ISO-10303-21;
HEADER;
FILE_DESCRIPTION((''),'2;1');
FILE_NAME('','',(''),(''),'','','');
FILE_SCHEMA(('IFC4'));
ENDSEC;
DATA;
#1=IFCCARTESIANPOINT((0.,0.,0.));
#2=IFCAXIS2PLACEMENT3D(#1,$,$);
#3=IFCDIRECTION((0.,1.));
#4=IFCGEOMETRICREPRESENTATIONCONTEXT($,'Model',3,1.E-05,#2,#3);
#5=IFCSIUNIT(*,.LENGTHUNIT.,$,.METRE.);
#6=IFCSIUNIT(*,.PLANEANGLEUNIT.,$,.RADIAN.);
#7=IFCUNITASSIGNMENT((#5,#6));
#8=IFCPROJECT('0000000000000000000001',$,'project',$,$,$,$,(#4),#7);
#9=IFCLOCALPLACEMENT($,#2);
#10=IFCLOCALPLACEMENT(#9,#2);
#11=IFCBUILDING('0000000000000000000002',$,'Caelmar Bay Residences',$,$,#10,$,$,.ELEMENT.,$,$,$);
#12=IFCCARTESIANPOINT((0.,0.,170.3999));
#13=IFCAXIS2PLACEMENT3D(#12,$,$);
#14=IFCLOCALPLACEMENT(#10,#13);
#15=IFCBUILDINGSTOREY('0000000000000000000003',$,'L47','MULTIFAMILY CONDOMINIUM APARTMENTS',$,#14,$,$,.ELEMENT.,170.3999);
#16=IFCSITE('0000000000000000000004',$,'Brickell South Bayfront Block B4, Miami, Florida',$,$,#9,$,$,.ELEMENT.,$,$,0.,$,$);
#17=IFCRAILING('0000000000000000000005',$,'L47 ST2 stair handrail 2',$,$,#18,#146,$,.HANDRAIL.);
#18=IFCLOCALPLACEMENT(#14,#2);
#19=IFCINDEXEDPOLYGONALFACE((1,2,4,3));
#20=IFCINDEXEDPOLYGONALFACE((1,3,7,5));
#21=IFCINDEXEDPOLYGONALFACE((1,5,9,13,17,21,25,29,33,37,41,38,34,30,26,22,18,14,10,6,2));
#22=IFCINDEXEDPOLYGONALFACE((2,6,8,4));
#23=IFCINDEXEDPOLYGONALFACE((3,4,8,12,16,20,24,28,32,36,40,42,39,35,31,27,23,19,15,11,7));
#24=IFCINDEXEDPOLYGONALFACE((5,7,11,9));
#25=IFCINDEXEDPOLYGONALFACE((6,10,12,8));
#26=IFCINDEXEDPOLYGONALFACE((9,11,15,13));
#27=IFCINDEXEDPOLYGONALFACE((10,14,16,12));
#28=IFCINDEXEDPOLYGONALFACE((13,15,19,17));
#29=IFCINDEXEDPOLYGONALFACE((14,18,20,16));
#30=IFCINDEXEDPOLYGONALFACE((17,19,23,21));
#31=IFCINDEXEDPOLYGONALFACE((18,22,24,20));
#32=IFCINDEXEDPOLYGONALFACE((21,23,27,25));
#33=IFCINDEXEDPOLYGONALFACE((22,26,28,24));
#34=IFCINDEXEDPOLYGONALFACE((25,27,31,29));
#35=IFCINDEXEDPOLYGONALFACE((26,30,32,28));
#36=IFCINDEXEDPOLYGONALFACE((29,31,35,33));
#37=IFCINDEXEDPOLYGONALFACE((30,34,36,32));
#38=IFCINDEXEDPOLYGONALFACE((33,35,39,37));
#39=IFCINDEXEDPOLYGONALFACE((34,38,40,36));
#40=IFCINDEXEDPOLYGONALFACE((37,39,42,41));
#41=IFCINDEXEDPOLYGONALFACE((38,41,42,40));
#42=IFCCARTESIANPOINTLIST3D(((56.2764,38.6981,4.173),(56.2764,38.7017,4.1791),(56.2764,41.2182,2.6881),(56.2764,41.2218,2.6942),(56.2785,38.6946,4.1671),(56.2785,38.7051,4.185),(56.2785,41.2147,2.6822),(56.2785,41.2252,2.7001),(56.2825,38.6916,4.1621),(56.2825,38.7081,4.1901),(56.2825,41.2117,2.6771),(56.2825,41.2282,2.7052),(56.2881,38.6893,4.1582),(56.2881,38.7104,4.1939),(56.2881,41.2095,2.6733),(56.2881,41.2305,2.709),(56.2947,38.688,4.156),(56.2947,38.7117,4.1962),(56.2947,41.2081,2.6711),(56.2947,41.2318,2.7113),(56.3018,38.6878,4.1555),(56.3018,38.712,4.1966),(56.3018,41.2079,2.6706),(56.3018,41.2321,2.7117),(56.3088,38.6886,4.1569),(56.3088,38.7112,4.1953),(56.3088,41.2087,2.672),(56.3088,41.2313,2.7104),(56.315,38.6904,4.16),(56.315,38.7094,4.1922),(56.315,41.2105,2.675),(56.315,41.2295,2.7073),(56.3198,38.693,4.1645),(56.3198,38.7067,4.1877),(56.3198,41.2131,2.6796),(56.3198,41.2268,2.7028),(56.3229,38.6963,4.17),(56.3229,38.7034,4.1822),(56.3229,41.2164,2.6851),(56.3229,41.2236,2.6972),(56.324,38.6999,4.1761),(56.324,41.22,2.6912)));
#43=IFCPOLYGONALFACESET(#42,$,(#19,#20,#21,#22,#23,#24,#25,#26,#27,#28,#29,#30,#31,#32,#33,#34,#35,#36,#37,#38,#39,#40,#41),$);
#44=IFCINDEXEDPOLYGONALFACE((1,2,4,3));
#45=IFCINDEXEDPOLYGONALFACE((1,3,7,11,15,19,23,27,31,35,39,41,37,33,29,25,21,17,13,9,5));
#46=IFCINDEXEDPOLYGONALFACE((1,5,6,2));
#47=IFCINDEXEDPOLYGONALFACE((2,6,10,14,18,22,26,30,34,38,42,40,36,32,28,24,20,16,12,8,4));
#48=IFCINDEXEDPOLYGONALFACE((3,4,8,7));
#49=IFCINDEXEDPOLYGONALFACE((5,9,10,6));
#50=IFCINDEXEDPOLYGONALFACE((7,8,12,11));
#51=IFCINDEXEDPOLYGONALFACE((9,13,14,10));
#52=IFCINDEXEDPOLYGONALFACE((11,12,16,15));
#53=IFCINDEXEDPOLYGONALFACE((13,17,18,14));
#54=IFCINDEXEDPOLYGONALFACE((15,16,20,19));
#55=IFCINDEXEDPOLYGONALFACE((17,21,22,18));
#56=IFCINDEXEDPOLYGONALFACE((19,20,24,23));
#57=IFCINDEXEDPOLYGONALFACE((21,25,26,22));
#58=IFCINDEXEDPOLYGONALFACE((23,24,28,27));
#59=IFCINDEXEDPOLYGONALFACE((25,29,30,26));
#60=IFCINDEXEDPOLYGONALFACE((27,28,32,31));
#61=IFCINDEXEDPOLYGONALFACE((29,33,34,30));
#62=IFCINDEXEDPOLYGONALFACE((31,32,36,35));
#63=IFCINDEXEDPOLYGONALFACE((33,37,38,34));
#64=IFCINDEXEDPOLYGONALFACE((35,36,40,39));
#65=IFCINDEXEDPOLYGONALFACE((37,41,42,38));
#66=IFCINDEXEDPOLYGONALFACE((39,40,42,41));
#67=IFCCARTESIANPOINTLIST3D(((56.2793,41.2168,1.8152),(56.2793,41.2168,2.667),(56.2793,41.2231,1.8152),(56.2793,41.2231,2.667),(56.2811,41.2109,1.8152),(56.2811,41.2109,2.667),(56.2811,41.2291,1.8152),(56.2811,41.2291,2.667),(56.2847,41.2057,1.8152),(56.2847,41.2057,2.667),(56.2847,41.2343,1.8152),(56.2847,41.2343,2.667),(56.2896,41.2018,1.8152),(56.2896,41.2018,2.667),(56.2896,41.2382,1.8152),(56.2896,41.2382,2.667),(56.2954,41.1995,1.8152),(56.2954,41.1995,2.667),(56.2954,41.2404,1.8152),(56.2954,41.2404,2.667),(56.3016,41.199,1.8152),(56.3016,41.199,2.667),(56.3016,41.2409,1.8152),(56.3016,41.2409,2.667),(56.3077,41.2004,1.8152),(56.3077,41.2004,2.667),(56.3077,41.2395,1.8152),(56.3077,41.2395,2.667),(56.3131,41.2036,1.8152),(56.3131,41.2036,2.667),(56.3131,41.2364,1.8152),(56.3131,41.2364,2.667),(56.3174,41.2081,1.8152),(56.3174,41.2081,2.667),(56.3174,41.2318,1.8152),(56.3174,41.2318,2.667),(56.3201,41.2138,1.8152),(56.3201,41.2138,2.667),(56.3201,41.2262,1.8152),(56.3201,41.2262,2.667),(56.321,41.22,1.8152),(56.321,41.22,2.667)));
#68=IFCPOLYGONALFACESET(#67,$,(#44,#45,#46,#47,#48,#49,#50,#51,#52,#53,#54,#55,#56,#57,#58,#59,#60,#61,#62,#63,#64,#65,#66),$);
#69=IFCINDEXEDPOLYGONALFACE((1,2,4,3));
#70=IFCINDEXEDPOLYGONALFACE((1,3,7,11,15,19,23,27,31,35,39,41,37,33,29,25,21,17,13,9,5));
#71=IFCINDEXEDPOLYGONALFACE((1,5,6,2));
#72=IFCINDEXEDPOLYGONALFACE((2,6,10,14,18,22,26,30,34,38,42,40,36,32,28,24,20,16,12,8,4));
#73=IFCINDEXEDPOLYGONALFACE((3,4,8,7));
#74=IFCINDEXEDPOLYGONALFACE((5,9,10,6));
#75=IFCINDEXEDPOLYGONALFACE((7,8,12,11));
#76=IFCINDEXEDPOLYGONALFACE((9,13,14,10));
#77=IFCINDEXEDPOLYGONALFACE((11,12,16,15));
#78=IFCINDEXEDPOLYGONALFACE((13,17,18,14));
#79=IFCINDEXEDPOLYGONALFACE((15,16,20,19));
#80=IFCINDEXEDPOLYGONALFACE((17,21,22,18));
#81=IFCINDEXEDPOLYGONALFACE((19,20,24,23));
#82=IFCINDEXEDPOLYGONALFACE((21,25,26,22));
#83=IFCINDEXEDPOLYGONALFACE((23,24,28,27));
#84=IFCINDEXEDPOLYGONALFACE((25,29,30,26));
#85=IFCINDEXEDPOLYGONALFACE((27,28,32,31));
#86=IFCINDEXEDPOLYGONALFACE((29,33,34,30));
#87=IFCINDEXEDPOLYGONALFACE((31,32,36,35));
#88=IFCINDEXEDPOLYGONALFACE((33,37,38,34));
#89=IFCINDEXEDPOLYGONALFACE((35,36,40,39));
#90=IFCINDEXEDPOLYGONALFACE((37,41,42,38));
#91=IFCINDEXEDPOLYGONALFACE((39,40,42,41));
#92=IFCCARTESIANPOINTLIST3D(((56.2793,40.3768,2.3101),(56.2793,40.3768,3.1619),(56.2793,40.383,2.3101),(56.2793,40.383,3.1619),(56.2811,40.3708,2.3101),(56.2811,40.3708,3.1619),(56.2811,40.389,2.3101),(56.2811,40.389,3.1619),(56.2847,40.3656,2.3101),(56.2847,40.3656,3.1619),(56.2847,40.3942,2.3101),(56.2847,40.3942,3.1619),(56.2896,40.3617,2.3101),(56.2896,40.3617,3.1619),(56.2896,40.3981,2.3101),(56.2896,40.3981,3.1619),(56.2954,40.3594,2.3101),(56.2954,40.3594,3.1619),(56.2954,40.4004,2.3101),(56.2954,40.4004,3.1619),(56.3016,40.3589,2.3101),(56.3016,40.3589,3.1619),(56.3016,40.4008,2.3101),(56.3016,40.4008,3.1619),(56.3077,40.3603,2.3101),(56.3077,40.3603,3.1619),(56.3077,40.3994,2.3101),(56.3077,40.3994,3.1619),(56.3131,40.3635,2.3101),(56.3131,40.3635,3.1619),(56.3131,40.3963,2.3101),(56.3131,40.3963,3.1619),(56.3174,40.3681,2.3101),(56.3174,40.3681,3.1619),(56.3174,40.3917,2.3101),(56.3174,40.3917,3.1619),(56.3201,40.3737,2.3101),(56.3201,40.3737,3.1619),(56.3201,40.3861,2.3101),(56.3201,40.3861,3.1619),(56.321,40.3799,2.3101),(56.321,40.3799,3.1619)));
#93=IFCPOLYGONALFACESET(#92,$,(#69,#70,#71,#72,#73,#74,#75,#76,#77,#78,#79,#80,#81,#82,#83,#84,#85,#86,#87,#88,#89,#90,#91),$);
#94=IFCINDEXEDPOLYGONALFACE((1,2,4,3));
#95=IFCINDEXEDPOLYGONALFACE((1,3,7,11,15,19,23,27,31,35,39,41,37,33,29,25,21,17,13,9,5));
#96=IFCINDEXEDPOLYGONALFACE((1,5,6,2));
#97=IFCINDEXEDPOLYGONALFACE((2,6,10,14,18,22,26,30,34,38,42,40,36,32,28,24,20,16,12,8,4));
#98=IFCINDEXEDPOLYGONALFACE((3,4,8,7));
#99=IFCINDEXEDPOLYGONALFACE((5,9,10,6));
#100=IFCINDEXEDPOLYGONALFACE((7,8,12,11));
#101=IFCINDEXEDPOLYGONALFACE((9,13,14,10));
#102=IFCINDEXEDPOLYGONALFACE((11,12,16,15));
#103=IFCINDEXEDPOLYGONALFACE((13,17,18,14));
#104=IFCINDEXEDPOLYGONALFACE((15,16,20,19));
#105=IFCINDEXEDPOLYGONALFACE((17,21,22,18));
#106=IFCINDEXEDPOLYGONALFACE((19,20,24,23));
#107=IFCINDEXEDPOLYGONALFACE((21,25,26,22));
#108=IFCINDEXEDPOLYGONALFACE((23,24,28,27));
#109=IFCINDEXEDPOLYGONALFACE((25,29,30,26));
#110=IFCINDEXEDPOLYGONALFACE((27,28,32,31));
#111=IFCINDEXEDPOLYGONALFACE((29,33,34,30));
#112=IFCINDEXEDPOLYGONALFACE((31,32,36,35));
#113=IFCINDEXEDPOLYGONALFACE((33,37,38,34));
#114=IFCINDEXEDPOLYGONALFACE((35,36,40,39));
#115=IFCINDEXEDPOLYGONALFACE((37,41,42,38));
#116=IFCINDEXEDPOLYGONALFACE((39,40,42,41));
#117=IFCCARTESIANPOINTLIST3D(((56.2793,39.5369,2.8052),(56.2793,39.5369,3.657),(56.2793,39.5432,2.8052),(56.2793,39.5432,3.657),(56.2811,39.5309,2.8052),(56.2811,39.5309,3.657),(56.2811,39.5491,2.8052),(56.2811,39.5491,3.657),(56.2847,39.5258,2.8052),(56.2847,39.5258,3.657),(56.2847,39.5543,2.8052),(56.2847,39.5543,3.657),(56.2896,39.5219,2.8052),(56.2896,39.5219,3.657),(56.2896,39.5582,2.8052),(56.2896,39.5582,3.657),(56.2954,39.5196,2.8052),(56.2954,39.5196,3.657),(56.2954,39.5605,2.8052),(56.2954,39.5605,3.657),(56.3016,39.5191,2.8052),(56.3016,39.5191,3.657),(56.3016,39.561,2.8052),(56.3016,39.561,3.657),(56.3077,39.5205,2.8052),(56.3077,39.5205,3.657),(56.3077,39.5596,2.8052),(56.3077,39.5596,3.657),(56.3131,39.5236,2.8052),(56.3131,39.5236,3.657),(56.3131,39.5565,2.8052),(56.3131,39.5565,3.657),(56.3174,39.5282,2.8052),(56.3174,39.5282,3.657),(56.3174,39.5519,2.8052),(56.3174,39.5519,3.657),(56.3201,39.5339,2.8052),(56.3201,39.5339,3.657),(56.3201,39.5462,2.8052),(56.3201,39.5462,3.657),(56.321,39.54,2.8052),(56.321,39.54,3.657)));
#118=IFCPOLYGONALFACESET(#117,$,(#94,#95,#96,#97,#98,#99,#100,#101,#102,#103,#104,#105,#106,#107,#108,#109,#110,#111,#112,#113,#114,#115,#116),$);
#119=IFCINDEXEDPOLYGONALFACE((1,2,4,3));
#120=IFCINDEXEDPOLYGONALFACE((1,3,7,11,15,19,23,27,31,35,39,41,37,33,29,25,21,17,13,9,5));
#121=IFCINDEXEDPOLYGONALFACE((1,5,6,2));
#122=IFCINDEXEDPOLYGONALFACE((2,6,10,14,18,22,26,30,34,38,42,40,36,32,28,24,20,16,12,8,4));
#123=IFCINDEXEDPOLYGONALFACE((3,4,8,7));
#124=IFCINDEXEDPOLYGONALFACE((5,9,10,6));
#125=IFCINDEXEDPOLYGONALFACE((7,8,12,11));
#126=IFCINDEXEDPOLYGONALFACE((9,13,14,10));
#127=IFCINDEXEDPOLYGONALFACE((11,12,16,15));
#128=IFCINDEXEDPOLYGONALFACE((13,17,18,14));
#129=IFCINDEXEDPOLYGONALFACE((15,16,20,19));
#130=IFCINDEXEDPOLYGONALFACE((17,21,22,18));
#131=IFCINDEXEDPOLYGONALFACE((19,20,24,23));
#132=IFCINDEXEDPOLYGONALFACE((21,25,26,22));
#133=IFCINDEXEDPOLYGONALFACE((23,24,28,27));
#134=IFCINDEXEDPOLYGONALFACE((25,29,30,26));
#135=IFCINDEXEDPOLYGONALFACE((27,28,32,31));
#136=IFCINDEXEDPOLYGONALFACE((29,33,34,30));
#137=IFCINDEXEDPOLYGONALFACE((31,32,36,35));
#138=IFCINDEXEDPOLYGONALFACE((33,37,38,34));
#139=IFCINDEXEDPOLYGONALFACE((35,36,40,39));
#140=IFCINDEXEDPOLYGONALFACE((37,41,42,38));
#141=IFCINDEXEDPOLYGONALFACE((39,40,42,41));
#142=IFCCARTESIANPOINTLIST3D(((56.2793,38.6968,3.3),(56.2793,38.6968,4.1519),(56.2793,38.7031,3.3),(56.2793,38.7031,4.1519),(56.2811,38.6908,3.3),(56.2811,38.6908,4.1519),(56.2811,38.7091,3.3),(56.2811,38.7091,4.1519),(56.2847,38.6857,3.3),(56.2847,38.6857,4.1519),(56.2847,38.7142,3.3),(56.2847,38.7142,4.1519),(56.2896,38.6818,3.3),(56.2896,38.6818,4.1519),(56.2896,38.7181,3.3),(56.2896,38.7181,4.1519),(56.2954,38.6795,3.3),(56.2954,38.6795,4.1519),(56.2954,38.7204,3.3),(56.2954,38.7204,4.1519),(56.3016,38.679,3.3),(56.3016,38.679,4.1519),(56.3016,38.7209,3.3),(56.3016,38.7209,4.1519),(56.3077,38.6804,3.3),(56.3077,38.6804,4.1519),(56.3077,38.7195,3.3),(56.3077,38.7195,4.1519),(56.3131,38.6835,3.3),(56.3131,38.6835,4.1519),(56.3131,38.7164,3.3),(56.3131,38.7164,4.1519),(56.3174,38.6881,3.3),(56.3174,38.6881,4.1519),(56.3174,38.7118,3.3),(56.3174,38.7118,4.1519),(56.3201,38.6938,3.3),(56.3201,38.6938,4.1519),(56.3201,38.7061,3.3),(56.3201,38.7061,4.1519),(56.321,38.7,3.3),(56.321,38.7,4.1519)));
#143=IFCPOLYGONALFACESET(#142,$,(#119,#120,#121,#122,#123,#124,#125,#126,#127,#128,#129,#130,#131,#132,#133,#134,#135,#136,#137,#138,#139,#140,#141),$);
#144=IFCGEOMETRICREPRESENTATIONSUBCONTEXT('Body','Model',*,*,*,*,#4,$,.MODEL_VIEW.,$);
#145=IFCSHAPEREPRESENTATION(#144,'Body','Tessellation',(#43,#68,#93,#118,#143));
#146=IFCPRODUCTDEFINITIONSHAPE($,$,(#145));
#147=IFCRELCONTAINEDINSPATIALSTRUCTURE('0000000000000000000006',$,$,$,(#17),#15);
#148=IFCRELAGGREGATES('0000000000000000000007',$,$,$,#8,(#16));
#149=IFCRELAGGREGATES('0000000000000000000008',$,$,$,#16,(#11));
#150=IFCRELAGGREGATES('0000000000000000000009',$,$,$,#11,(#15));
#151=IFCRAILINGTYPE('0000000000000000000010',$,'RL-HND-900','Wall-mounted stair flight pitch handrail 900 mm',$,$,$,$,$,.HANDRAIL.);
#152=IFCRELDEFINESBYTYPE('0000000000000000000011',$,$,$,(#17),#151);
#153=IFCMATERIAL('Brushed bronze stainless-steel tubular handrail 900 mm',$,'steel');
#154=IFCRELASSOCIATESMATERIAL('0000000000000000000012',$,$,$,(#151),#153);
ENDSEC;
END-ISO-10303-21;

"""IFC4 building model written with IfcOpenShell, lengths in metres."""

from ifc_helpers import new_model, si_unit, direction, frame, origin, origin_2d, place, context, subcontext, project, spatial, circle, extrude, material, type_object, element, save


model = new_model("IFC4")

# Units and contexts
model_context = context("Model", 3, precision=1e-05, world=origin(), true_north=direction((0.0, 1.0)))
body_context = subcontext(model_context, "Body", "Model", "MODEL_VIEW")
ifc_project = project(units=[si_unit("LENGTHUNIT", "METRE"), si_unit("PLANEANGLEUNIT", "RADIAN")], contexts=[model_context])

# Site, building, storey
site_placement = place(None, origin())
site = spatial("IfcSite", under=ifc_project, at=site_placement, Name="Brickell South Bayfront Block B4, Miami, Florida", CompositionType="ELEMENT", RefElevation=0.0)
building_placement = place(site_placement, origin())
building = spatial("IfcBuilding", under=site, at=building_placement, Name="Caelmar Bay Residences", CompositionType="ELEMENT")
storey_placement = place(building_placement, frame((0.0, 0.0, 170.3999)))
storey = spatial("IfcBuildingStorey", under=building, at=storey_placement, Name="L47", Description="MULTIFAMILY CONDOMINIUM APARTMENTS", CompositionType="ELEMENT", Elevation=170.3999)

# Railing
ifc_material_1 = material(Name="Brushed bronze stainless-steel tubular handrail 900 mm", Category="steel")
railing_type_1 = type_object("IfcRailingType", Name="RL-HND-900", Description="Wall-mounted stair flight pitch handrail 900 mm", PredefinedType="HANDRAIL", material=ifc_material_1)
railing_1_placement = place(storey_placement, frame((56.3, 41.22, 1.8152)))
element("IfcRailing", 1, at=railing_1_placement, inside=storey, type_object=railing_type_1, Name="L47 ST2 stair handrail 2", PredefinedType="HANDRAIL", context=body_context, shape_type="SweptSolid", body=[
    extrude(circle(Radius=0.0239, at=origin_2d()), frame((0.0, 0.0, 0.876), z_axis=(0.0, -0.861561, 0.507655), x_axis=(1.0, 0.0, 0.0)), (0.0, 0.0, 1.0), 2.925),
    extrude(circle(Radius=0.021, at=origin_2d()), origin(), (0.0, 0.0, 1.0), 0.8518),
    extrude(circle(Radius=0.021, at=origin_2d()), frame((0.0, -0.8401, 0.4949)), (0.0, 0.0, 1.0), 0.8518),
    extrude(circle(Radius=0.021, at=origin_2d()), frame((0.0, -1.6799, 0.99)), (0.0, 0.0, 1.0), 0.8518),
    extrude(circle(Radius=0.021, at=origin_2d()), frame((0.0, -2.52, 1.4849)), (0.0, 0.0, 1.0), 0.8518),
])

save(model, "model.ifc")
